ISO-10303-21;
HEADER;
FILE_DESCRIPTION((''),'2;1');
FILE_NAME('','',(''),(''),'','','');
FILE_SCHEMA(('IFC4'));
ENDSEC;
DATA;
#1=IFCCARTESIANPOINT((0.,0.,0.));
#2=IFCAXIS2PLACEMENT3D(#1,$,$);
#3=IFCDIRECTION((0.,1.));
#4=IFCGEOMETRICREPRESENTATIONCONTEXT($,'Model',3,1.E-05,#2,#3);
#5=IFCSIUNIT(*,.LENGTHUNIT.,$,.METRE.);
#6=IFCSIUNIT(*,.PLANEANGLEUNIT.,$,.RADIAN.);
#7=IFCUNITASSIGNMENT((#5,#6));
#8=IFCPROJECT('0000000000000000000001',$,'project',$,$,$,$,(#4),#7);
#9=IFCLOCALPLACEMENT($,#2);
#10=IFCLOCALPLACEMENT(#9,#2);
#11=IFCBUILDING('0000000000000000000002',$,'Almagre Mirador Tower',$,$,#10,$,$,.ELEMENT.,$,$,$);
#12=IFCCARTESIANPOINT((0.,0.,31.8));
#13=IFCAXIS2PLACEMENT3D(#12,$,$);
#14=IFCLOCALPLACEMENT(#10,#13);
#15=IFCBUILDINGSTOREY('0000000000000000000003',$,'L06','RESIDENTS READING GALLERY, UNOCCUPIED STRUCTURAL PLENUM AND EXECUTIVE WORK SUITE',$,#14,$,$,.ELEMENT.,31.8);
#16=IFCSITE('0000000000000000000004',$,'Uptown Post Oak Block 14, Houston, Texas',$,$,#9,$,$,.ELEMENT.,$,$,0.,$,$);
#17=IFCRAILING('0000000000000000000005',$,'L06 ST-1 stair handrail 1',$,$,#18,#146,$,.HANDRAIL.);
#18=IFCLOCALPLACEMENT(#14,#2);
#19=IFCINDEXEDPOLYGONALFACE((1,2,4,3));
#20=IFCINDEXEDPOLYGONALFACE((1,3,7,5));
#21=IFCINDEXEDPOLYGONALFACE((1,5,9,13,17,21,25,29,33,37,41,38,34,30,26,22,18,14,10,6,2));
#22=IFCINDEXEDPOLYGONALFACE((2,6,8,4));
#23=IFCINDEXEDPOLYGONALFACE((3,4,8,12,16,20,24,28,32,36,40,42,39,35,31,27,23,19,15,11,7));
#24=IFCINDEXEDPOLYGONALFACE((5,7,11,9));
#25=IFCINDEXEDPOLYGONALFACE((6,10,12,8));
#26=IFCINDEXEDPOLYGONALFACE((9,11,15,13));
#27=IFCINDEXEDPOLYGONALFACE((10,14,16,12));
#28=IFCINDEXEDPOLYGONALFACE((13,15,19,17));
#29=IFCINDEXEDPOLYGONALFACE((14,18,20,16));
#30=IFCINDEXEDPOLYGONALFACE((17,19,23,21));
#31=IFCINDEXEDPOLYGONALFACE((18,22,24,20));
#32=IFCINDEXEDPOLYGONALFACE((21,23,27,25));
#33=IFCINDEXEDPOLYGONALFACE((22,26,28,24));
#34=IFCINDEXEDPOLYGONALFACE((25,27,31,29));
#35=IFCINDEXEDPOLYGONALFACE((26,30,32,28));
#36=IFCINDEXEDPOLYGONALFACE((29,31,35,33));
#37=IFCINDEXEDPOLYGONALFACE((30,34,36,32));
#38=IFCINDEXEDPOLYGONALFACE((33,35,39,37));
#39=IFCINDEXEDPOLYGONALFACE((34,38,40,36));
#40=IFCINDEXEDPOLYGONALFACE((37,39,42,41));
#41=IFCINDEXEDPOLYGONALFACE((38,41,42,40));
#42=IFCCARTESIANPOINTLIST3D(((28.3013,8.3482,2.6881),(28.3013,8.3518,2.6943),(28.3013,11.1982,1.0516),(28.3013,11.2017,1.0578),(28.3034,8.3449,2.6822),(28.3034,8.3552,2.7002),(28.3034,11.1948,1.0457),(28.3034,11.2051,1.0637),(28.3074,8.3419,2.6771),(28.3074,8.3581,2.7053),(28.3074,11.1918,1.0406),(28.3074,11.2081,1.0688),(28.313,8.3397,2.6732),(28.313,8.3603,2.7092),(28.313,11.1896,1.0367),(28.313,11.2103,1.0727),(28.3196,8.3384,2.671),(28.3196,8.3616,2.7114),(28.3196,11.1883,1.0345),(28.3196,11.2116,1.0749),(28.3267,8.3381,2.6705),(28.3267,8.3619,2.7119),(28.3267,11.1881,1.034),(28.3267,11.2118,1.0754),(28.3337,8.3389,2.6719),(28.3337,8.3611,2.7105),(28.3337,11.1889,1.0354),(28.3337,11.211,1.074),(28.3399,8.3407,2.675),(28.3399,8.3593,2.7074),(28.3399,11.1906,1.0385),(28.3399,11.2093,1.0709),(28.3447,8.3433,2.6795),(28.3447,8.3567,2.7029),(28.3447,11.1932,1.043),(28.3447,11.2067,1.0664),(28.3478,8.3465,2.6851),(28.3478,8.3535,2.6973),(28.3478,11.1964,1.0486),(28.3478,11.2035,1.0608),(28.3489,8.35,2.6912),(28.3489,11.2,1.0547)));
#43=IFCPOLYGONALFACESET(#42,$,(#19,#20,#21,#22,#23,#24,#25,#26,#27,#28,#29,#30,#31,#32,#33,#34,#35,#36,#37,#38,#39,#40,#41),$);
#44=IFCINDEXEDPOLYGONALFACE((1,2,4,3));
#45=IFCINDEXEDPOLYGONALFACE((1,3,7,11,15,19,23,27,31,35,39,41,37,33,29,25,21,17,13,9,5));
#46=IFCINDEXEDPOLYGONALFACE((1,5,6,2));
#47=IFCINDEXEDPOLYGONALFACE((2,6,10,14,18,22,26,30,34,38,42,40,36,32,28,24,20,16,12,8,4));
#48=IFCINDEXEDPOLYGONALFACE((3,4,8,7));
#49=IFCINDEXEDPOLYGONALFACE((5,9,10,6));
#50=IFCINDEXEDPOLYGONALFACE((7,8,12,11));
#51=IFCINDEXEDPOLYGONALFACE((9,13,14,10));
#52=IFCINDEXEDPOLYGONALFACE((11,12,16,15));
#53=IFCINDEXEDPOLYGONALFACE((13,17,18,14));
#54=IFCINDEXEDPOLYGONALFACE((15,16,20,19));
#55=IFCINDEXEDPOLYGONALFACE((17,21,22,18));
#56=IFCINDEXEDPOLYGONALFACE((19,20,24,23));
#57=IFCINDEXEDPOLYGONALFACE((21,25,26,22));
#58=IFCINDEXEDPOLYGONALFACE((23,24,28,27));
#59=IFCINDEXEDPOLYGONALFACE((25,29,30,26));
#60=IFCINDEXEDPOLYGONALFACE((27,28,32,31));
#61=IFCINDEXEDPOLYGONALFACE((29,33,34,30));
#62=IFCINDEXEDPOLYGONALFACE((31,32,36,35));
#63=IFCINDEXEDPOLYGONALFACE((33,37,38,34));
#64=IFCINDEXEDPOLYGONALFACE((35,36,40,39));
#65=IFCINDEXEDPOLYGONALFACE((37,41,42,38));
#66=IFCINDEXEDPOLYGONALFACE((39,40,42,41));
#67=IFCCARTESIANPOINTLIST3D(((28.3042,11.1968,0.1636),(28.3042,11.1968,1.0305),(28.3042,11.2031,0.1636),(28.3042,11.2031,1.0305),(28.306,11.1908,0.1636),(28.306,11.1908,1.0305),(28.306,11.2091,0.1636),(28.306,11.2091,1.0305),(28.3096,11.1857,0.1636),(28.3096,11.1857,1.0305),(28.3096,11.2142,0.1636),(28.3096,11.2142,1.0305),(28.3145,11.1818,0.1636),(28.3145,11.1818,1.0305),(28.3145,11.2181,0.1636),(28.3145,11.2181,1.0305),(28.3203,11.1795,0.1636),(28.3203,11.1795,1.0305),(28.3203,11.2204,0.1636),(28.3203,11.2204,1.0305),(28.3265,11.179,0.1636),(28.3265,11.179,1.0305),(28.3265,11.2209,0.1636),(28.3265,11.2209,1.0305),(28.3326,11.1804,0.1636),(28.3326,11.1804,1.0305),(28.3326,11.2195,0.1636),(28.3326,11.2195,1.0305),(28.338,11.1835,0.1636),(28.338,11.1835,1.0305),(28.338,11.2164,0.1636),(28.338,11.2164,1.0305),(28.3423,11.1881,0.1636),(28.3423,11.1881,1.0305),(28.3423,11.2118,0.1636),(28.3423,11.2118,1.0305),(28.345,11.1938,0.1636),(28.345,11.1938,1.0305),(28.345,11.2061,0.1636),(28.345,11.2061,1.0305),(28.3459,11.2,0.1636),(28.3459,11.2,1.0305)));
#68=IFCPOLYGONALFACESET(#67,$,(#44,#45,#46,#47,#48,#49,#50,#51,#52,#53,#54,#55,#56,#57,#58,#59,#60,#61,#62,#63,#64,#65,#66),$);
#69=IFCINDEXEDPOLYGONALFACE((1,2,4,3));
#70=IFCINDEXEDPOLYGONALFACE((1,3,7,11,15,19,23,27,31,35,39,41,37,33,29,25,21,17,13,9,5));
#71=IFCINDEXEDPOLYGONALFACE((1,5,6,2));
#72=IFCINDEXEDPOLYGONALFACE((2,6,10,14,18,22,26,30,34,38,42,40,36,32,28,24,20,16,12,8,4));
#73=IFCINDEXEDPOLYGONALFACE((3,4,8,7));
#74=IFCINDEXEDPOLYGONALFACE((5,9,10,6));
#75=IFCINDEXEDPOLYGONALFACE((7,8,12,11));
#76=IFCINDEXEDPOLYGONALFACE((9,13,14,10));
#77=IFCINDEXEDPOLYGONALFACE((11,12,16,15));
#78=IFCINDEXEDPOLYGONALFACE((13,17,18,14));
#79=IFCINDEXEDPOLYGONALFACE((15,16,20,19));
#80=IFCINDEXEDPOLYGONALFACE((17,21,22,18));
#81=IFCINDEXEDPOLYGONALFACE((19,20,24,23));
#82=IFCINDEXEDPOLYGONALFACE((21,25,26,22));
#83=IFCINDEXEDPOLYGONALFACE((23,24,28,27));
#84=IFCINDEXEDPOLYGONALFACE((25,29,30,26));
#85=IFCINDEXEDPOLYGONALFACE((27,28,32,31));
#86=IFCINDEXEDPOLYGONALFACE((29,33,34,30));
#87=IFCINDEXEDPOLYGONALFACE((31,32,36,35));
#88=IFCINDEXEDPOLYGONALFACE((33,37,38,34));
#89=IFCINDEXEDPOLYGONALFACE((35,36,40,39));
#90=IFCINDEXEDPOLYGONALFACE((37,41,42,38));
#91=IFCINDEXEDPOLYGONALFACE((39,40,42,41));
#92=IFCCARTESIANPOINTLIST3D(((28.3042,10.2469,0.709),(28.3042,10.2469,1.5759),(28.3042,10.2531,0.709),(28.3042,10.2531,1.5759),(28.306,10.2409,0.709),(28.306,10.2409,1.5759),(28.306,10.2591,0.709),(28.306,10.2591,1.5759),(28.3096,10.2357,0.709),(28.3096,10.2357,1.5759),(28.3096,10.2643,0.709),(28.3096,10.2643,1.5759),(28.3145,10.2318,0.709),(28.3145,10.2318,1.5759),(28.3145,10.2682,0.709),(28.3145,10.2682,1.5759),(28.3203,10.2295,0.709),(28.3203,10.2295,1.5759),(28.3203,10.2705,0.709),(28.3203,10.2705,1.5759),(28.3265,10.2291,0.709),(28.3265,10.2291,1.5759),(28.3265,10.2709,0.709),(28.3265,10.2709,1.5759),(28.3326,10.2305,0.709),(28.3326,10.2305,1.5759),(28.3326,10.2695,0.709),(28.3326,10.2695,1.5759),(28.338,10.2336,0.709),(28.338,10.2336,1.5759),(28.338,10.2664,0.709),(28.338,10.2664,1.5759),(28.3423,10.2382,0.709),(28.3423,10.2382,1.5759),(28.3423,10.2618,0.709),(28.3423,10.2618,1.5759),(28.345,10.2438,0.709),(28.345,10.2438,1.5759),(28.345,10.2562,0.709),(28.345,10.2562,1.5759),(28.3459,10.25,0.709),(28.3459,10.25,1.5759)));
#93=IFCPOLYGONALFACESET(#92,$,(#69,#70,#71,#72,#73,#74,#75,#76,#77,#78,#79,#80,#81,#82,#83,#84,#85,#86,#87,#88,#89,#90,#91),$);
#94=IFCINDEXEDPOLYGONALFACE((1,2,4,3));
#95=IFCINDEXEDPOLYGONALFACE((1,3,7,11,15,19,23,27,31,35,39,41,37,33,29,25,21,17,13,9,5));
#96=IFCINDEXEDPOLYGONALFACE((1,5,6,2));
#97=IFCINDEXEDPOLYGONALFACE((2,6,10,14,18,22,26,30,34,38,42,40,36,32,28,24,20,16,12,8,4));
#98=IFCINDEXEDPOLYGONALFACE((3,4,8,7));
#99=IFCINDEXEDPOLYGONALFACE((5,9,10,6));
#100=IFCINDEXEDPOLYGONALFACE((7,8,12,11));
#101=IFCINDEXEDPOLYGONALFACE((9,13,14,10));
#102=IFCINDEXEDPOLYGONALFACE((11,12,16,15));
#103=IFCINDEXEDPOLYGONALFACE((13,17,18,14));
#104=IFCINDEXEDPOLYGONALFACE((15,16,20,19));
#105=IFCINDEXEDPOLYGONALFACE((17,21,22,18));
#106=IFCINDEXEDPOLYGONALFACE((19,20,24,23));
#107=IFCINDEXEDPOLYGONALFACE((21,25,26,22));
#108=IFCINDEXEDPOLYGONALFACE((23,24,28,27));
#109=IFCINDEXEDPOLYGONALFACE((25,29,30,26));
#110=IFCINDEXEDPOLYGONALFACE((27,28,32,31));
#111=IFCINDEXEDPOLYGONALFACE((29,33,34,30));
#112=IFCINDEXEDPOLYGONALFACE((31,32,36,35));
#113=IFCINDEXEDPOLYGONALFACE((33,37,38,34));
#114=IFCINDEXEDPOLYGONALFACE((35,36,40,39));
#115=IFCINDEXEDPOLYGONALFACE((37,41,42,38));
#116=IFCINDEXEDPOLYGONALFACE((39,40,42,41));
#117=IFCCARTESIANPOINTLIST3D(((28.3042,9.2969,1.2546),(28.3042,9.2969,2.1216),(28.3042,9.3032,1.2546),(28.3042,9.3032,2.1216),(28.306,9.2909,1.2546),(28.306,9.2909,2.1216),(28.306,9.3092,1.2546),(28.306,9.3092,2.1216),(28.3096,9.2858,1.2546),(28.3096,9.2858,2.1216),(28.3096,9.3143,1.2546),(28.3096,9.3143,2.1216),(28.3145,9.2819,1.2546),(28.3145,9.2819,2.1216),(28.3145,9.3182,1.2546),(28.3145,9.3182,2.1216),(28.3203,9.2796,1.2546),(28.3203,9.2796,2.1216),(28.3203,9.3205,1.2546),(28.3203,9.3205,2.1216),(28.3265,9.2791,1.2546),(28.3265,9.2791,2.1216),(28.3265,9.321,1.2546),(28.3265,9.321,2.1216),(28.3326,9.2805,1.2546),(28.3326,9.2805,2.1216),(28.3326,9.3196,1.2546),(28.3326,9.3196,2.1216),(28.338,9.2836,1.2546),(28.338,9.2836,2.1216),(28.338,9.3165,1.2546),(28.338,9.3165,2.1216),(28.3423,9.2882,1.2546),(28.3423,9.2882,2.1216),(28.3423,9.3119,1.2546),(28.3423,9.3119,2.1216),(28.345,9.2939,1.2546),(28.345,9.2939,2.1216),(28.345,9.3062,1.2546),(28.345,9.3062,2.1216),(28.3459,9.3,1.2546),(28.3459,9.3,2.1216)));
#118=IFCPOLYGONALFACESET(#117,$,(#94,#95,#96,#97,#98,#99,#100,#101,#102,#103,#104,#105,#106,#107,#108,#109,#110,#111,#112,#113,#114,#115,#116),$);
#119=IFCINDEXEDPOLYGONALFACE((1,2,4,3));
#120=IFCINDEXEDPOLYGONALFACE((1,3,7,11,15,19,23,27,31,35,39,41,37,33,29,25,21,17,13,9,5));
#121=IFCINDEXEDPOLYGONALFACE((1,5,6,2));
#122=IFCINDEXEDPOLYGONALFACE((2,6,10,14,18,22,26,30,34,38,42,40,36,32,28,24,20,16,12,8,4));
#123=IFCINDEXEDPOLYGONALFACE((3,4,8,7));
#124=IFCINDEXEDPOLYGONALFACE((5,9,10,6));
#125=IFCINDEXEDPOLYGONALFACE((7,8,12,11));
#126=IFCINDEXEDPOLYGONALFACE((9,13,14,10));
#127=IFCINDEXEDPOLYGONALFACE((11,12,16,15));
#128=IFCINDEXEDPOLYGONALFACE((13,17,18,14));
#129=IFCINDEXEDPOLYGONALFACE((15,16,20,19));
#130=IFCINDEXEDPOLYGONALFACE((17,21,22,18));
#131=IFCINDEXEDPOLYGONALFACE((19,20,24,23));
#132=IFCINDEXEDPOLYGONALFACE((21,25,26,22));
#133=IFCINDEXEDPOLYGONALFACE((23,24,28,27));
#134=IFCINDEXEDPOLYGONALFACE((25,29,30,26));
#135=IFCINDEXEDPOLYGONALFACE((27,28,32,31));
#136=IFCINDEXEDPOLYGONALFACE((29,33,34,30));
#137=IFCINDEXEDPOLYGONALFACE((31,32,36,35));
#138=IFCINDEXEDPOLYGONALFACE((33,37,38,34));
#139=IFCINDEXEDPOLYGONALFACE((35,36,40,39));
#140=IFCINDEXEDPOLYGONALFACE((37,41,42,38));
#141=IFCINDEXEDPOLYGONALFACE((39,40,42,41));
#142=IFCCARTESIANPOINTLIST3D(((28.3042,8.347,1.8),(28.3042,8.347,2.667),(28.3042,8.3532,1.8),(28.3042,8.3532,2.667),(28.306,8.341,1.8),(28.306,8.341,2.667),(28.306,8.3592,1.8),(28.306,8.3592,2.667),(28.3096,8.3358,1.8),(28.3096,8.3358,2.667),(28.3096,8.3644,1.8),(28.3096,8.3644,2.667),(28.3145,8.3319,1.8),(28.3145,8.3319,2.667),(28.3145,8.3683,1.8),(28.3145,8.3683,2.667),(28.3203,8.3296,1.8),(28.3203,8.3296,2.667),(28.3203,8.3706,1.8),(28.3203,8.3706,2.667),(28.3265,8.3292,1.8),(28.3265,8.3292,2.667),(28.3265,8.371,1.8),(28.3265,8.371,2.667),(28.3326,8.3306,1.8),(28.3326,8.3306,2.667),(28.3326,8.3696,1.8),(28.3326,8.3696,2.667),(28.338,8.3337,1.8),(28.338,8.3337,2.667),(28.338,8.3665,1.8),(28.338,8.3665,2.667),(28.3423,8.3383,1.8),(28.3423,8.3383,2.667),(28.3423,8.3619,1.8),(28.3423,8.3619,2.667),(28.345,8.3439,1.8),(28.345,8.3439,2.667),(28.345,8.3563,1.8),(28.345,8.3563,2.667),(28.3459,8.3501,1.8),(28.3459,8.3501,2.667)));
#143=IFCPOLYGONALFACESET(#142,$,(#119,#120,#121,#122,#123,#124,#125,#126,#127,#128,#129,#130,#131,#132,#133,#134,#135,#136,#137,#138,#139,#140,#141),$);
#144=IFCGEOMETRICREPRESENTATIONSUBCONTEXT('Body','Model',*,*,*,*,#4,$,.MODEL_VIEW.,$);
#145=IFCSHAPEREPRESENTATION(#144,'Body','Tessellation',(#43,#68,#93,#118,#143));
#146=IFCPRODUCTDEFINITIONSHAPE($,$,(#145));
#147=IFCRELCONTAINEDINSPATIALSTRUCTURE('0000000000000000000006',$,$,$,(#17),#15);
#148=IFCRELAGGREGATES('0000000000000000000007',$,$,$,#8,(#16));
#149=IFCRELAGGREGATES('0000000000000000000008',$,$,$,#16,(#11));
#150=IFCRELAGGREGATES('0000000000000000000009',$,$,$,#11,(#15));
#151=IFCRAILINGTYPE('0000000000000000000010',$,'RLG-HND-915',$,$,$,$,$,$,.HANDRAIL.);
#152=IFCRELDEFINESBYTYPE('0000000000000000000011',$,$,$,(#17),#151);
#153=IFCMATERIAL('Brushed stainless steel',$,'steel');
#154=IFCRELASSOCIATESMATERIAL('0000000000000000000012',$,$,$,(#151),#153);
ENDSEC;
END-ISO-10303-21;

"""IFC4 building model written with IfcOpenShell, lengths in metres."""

from ifc_helpers import new_model, si_unit, direction, frame, origin, origin_2d, place, context, subcontext, project, spatial, circle, extrude, material, type_object, element, save


model = new_model("IFC4")

# Units and contexts
model_context = context("Model", 3, precision=1e-05, world=origin(), true_north=direction((0.0, 1.0)))
body_context = subcontext(model_context, "Body", "Model", "MODEL_VIEW")
ifc_project = project(units=[si_unit("LENGTHUNIT", "METRE"), si_unit("PLANEANGLEUNIT", "RADIAN")], contexts=[model_context])

# Site, building, storey
site_placement = place(None, origin())
site = spatial("IfcSite", under=ifc_project, at=site_placement, Name="Uptown Post Oak Block 14, Houston, Texas", CompositionType="ELEMENT", RefElevation=0.0)
building_placement = place(site_placement, origin())
building = spatial("IfcBuilding", under=site, at=building_placement, Name="Almagre Mirador Tower", CompositionType="ELEMENT")
storey_placement = place(building_placement, frame((0.0, 0.0, 31.8)))
storey = spatial("IfcBuildingStorey", under=building, at=storey_placement, Name="L06", Description="RESIDENTS READING GALLERY, UNOCCUPIED STRUCTURAL PLENUM AND EXECUTIVE WORK SUITE", CompositionType="ELEMENT", Elevation=31.8)

# Railing
ifc_material_1 = material(Name="Brushed stainless steel", Category="steel")
railing_type_1 = type_object("IfcRailingType", Name="RLG-HND-915", PredefinedType="HANDRAIL", material=ifc_material_1)
railing_1_placement = place(storey_placement, frame((28.325, 11.2, 0.1636)))
element("IfcRailing", 1, at=railing_1_placement, inside=storey, type_object=railing_type_1, Name="L06 ST-1 stair handrail 1", PredefinedType="HANDRAIL", context=body_context, shape_type="SweptSolid", body=[
    extrude(circle(Radius=0.0239, at=origin_2d()), frame((0.0, 0.0, 0.8911), z_axis=(0.0, -0.867194, 0.49797), x_axis=(1.0, 0.0, 0.0)), (0.0, 0.0, 1.0), 3.2864),
    extrude(circle(Radius=0.021, at=origin_2d()), origin(), (0.0, 0.0, 1.0), 0.8669),
    extrude(circle(Radius=0.021, at=origin_2d()), frame((0.0, -0.95, 0.5454)), (0.0, 0.0, 1.0), 0.8669),
    extrude(circle(Radius=0.021, at=origin_2d()), frame((0.0, -1.8999, 1.0911)), (0.0, 0.0, 1.0), 0.8669),
    extrude(circle(Radius=0.021, at=origin_2d()), frame((0.0, -2.8499, 1.6365)), (0.0, 0.0, 1.0), 0.8669),
])

save(model, "model.ifc")
